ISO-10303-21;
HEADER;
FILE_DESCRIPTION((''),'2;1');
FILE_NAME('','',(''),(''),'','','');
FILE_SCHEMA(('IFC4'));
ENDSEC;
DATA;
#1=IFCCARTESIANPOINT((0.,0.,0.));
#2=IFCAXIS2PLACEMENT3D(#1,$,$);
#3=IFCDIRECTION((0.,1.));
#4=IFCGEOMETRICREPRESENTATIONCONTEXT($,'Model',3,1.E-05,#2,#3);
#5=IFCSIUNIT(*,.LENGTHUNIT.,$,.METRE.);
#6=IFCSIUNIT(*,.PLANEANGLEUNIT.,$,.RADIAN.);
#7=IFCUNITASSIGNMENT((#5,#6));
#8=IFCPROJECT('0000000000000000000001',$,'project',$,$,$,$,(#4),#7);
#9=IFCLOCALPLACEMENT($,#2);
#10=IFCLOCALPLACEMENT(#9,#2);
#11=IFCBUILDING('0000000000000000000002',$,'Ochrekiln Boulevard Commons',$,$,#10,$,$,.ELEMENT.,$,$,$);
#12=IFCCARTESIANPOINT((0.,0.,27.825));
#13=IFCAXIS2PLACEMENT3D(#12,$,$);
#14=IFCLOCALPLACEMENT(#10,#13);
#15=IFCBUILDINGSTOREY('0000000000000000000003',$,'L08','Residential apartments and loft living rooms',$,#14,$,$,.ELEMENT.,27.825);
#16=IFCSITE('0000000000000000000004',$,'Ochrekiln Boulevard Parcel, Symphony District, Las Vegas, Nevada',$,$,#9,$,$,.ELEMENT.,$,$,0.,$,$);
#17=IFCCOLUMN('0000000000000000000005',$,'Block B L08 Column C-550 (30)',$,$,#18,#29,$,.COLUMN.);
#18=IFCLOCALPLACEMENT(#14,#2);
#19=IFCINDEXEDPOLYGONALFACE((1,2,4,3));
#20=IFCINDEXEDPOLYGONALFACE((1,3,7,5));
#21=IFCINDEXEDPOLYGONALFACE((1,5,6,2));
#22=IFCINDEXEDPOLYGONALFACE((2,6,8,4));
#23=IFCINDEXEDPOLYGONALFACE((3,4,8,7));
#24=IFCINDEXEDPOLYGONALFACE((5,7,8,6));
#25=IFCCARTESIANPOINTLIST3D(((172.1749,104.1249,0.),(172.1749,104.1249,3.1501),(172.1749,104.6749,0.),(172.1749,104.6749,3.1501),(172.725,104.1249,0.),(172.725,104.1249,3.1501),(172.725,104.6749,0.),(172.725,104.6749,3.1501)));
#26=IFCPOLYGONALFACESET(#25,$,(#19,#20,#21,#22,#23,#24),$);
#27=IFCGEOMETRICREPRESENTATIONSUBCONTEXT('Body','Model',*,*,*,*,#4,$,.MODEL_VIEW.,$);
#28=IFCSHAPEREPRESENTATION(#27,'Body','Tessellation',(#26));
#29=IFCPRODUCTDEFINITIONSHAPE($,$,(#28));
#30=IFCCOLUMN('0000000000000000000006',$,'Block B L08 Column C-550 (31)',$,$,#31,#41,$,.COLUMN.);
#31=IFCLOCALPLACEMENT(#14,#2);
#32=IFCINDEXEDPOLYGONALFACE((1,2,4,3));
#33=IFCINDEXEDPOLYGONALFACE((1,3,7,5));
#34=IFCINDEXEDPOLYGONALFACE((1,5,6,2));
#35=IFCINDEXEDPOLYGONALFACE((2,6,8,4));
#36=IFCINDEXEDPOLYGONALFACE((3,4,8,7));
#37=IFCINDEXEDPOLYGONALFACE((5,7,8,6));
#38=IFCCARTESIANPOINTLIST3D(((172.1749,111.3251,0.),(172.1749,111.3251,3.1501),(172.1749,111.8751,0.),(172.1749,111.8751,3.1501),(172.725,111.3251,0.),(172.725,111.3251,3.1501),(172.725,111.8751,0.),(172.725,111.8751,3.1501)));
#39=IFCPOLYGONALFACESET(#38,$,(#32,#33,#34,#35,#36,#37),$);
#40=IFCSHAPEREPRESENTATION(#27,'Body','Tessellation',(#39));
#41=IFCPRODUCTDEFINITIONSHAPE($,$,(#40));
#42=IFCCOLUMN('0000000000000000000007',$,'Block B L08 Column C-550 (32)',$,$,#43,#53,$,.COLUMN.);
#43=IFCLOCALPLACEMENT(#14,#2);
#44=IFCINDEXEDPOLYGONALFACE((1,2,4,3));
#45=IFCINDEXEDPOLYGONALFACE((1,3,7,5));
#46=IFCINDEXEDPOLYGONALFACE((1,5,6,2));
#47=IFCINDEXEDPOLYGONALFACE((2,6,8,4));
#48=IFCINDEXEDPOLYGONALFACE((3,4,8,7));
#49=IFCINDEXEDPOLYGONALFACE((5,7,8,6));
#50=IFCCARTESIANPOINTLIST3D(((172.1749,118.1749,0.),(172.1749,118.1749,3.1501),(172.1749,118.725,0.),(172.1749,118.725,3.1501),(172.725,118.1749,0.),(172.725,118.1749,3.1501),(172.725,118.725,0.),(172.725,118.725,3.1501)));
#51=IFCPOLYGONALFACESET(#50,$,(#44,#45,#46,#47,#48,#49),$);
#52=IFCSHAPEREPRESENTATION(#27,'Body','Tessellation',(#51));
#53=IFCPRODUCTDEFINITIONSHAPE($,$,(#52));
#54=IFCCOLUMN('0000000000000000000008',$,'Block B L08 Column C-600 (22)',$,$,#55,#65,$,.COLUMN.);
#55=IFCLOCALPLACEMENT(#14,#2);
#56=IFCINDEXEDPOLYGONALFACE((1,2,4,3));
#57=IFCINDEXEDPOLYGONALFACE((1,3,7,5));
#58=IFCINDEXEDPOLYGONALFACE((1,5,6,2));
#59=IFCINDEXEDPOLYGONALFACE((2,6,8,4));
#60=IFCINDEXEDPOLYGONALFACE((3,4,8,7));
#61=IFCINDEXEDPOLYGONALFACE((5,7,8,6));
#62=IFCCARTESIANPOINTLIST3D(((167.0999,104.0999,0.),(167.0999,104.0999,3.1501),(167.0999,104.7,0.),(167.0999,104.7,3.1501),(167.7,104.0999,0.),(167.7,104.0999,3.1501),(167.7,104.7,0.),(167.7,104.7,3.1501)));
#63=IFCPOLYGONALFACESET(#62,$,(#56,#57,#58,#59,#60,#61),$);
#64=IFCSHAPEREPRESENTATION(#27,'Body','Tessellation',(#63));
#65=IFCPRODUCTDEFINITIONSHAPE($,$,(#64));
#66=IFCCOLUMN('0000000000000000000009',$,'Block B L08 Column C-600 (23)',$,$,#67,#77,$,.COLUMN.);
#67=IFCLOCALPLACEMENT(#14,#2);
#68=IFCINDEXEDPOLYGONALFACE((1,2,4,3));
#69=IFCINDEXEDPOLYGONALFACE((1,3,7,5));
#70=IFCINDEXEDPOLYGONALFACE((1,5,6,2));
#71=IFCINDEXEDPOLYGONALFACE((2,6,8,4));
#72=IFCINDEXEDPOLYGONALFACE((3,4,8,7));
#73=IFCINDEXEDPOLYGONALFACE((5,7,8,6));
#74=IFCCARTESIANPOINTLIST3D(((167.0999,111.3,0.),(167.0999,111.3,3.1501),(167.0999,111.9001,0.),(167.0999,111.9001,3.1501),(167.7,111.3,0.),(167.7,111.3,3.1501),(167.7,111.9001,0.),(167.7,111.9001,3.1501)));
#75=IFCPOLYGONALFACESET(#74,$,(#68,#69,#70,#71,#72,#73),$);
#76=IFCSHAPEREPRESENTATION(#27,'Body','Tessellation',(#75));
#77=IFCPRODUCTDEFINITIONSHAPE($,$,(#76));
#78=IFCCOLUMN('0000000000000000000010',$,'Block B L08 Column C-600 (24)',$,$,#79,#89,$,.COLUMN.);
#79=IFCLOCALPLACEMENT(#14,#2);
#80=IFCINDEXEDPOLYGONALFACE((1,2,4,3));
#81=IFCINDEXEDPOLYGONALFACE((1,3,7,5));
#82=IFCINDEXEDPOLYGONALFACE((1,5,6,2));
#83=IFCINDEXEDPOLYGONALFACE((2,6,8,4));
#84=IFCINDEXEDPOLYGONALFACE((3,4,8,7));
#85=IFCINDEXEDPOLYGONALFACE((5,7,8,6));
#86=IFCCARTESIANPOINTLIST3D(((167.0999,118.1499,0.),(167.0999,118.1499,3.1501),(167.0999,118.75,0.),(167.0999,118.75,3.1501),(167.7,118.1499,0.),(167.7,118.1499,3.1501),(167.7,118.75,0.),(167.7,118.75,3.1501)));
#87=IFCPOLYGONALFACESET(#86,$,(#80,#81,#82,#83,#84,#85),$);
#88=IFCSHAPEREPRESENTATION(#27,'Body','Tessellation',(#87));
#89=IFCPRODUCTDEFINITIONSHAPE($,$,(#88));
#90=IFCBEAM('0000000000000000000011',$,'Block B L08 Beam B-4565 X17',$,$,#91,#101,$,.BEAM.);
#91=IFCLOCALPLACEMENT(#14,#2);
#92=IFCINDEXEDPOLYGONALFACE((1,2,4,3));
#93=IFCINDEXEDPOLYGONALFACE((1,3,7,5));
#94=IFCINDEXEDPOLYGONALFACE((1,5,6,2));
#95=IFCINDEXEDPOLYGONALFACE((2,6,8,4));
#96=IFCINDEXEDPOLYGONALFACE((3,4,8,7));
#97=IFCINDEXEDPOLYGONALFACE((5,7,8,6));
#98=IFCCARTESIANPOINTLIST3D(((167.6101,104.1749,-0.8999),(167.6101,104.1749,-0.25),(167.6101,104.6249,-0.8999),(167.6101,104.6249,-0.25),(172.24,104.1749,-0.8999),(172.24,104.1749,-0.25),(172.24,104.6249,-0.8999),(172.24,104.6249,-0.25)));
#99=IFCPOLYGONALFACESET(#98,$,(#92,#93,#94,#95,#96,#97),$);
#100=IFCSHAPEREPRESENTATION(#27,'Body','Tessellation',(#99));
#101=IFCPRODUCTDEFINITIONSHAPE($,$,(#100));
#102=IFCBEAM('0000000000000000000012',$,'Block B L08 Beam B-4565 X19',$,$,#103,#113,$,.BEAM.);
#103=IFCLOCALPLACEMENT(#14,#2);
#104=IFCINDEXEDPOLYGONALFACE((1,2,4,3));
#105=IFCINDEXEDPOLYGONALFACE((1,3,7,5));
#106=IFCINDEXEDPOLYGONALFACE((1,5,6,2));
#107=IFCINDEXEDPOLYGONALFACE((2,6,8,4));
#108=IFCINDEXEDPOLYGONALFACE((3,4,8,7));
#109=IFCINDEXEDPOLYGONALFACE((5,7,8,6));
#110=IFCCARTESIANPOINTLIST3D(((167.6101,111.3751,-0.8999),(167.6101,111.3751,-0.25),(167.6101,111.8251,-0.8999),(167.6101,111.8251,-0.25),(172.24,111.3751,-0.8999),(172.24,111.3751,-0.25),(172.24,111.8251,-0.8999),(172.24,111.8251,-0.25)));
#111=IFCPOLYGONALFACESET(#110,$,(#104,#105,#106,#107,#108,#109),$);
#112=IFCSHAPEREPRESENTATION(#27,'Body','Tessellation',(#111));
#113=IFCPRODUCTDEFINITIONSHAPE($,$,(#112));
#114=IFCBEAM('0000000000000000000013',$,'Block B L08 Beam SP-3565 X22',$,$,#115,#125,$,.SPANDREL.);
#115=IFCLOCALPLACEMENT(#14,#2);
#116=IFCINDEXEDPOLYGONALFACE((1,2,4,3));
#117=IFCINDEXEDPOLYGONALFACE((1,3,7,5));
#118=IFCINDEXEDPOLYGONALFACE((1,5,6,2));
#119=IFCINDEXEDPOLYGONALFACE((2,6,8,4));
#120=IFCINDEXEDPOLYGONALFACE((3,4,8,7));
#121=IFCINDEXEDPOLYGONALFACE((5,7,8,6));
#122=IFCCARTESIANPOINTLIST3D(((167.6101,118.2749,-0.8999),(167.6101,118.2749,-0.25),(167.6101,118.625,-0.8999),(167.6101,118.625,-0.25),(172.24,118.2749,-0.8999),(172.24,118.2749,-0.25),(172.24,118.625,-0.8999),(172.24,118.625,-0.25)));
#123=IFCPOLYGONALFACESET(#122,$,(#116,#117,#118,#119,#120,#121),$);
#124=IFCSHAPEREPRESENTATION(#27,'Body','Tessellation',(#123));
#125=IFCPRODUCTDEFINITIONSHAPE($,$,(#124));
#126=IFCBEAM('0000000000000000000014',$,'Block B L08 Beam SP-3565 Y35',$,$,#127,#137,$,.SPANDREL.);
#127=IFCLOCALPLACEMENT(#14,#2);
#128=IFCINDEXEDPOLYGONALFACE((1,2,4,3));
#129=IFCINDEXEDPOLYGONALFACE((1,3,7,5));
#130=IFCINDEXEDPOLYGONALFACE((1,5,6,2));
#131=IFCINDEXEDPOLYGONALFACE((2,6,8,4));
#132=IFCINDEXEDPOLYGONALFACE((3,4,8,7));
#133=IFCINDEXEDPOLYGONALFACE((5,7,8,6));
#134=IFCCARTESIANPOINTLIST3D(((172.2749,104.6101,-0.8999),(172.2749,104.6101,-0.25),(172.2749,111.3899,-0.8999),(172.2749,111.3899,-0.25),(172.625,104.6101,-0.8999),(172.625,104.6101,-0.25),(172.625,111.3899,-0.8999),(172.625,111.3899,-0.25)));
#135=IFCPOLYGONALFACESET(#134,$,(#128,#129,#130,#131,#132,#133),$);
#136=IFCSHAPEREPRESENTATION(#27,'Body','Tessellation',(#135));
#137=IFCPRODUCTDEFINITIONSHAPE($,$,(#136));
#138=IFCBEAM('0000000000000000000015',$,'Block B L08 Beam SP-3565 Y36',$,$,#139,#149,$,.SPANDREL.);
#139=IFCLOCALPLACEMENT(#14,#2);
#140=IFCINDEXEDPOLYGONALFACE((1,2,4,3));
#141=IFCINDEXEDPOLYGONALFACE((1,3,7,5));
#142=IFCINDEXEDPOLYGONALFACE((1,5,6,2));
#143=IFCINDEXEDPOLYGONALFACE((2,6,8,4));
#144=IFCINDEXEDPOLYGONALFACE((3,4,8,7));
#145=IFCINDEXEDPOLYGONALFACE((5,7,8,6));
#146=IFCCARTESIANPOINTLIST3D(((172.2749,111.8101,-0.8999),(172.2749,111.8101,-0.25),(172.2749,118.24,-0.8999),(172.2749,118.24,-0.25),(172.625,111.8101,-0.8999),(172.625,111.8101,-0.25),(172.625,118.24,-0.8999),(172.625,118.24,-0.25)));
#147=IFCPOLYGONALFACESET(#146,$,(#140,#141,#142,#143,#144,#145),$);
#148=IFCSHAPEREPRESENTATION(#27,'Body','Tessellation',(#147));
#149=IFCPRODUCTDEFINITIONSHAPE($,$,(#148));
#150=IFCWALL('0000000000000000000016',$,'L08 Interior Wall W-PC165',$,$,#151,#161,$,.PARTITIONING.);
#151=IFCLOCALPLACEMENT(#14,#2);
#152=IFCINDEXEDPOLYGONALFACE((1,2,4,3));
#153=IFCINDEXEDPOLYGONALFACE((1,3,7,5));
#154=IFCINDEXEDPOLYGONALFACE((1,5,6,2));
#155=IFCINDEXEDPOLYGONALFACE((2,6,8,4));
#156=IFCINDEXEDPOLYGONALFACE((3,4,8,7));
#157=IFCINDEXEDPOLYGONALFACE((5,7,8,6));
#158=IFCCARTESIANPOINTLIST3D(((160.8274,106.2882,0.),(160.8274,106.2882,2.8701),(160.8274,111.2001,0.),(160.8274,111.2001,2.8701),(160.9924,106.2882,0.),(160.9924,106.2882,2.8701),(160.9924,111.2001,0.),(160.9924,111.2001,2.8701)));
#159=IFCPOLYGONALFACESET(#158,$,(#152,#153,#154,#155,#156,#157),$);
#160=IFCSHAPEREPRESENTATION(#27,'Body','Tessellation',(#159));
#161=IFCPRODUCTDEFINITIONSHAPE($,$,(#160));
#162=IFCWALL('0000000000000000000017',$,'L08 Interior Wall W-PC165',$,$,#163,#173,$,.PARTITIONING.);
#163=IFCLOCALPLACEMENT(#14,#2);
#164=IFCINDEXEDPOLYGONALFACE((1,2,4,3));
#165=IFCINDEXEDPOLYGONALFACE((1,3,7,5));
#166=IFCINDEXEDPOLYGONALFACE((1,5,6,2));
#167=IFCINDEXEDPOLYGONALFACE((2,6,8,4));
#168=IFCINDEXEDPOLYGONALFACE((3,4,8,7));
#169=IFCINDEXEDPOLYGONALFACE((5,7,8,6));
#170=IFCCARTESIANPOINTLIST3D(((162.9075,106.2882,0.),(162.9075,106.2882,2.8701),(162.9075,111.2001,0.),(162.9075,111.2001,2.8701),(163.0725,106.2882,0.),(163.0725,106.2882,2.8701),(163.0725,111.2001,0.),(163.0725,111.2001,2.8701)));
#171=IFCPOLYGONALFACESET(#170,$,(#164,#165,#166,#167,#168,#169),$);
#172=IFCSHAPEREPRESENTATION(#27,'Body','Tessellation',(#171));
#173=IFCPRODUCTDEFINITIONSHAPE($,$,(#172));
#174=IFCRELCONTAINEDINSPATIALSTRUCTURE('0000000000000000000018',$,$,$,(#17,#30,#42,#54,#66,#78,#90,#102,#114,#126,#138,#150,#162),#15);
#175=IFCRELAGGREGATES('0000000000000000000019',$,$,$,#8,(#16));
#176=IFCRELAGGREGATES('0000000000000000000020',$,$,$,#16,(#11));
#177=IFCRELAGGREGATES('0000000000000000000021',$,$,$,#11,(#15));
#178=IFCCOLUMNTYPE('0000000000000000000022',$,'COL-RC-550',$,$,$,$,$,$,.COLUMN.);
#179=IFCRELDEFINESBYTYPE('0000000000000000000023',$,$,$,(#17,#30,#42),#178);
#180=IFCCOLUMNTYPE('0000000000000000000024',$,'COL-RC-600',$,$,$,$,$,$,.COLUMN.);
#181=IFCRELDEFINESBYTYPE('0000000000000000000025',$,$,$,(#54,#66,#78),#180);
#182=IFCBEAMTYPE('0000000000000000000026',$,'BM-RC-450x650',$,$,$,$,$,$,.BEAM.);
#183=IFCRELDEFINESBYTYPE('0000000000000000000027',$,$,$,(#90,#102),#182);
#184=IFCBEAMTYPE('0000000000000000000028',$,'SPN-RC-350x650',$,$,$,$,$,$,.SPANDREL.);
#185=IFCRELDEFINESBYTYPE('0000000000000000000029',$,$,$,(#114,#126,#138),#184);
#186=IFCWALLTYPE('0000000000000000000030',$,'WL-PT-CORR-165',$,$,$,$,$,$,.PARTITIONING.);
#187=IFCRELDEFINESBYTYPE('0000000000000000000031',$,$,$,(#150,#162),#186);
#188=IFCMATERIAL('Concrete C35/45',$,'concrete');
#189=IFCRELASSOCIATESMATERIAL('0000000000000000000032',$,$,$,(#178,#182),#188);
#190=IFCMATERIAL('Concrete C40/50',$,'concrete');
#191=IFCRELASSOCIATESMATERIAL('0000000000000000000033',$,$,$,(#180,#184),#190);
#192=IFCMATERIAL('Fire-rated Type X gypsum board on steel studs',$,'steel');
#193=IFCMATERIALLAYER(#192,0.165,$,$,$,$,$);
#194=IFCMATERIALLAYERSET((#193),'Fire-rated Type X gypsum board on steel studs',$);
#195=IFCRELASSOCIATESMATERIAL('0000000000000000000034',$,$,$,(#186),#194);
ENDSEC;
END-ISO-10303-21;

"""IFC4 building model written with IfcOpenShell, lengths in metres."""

from ifc_helpers import new_model, si_unit, direction, frame, frame_2d, origin, origin_2d, place, context, subcontext, project, spatial, rectangle, extrude, material, layer, layer_set, material_profile, profile_set, type_object, element, save


model = new_model("IFC4")

# Units and contexts
model_context = context("Model", 3, precision=1e-05, world=origin(), true_north=direction((0.0, 1.0)))
body_context = subcontext(model_context, "Body", "Model", "MODEL_VIEW")
ifc_project = project(units=[si_unit("LENGTHUNIT", "METRE"), si_unit("PLANEANGLEUNIT", "RADIAN")], contexts=[model_context])

# Site, building, storey
site_placement = place(None, origin())
site = spatial("IfcSite", under=ifc_project, at=site_placement, Name="Ochrekiln Boulevard Parcel, Symphony District, Las Vegas, Nevada", CompositionType="ELEMENT", RefElevation=0.0)
building_placement = place(site_placement, origin())
building = spatial("IfcBuilding", under=site, at=building_placement, Name="Ochrekiln Boulevard Commons", CompositionType="ELEMENT")
storey_placement = place(building_placement, frame((0.0, 0.0, 27.825)))
storey = spatial("IfcBuildingStorey", under=building, at=storey_placement, Name="L08", Description="Residential apartments and loft living rooms", CompositionType="ELEMENT", Elevation=27.825)

# Columns
ifc_material_1 = material(Name="Concrete C35/45", Category="concrete")
ifc_material_profile_1 = material_profile(ifc_material_1, rectangle(XDim=0.55, YDim=0.55, at=origin_2d()), Name="RC-COL-550x550")
ifc_profile_set_1 = profile_set([ifc_material_profile_1], Name="Concrete C35/45")
column_type_1 = type_object("IfcColumnType", Name="COL-RC-550", PredefinedType="COLUMN", material=ifc_profile_set_1)
for number, where, z_axis, x_axis, name in (
    (1, (172.45, 104.3999, 0.0), (0.0, 0.0, 1.0), (1.0, 0.0, 0.0), "Block B L08 Column C-550 (30)"),
    (2, (172.45, 111.6001, 0.0), (0.0, 0.0, 1.0), (1.0, 0.0, 0.0), "Block B L08 Column C-550 (31)"),
    (3, (172.45, 118.45, 0.0), (0.0, 0.0, 1.0), (1.0, 0.0, 0.0), "Block B L08 Column C-550 (32)"),
):
    element("IfcColumn", number, at=place(storey_placement, frame(where, z_axis=z_axis, x_axis=x_axis)), inside=storey, type_object=column_type_1, Name=name, PredefinedType="COLUMN", context=body_context, shape_type="SweptSolid", body=[
        extrude(rectangle(XDim=0.55, YDim=0.55, at=origin_2d()), origin(), (0.0, 0.0, 1.0), 3.1501),
    ])
ifc_material_2 = material(Name="Concrete C40/50", Category="concrete")
ifc_material_profile_2 = material_profile(ifc_material_2, rectangle(XDim=0.6001, YDim=0.6001, at=origin_2d()), Name="RC-COL-600x600")
ifc_profile_set_2 = profile_set([ifc_material_profile_2], Name="Concrete C40/50")
column_type_2 = type_object("IfcColumnType", Name="COL-RC-600", PredefinedType="COLUMN", material=ifc_profile_set_2)
for number, where, z_axis, x_axis, name in (
    (4, (167.3999, 104.3999, 0.0), (0.0, 0.0, 1.0), (1.0, 0.0, 0.0), "Block B L08 Column C-600 (22)"),
    (5, (167.3999, 111.6001, 0.0), (0.0, 0.0, 1.0), (1.0, 0.0, 0.0), "Block B L08 Column C-600 (23)"),
    (6, (167.3999, 118.45, 0.0), (0.0, 0.0, 1.0), (1.0, 0.0, 0.0), "Block B L08 Column C-600 (24)"),
):
    element("IfcColumn", number, at=place(storey_placement, frame(where, z_axis=z_axis, x_axis=x_axis)), inside=storey, type_object=column_type_2, Name=name, PredefinedType="COLUMN", context=body_context, shape_type="SweptSolid", body=[
        extrude(rectangle(XDim=0.6001, YDim=0.6001, at=origin_2d()), origin(), (0.0, 0.0, 1.0), 3.1501),
    ])

# Beams
ifc_material_profile_3 = material_profile(ifc_material_1, rectangle(XDim=0.45, YDim=0.6499, at=origin_2d()), Name="RC-BM-450x650")
ifc_profile_set_3 = profile_set([ifc_material_profile_3], Name="Concrete C35/45")
beam_type_1 = type_object("IfcBeamType", Name="BM-RC-450x650", PredefinedType="BEAM", material=ifc_profile_set_3)
for number, where, z_axis, x_axis, name in (
    (7, (167.6101, 104.3999, -0.575), (1.0, 0.0, 0.0), (0.0, 1.0, 0.0), "Block B L08 Beam B-4565 X17"),
    (8, (167.6101, 111.6001, -0.575), (1.0, 0.0, 0.0), (0.0, 1.0, 0.0), "Block B L08 Beam B-4565 X19"),
):
    element("IfcBeam", number, at=place(storey_placement, frame(where, z_axis=z_axis, x_axis=x_axis)), inside=storey, type_object=beam_type_1, Name=name, PredefinedType="BEAM", context=body_context, shape_type="SweptSolid", body=[
        extrude(rectangle(XDim=0.45, YDim=0.6499, at=origin_2d()), origin(), (0.0, 0.0, 1.0), 4.6299),
    ])
ifc_material_profile_4 = material_profile(ifc_material_2, rectangle(XDim=0.3501, YDim=0.6499, at=origin_2d()), Name="RC-SPN-350x650")
ifc_profile_set_4 = profile_set([ifc_material_profile_4], Name="Concrete C40/50")
beam_type_2 = type_object("IfcBeamType", Name="SPN-RC-350x650", PredefinedType="SPANDREL", material=ifc_profile_set_4)
beam_1_placement = place(storey_placement, frame((167.6101, 118.45, -0.575), z_axis=(1.0, 0.0, 0.0), x_axis=(0.0, 1.0, 0.0)))
element("IfcBeam", 9, at=beam_1_placement, inside=storey, type_object=beam_type_2, Name="Block B L08 Beam SP-3565 X22", PredefinedType="SPANDREL", context=body_context, shape_type="SweptSolid", body=[
    extrude(rectangle(XDim=0.3501, YDim=0.6499, at=origin_2d()), origin(), (0.0, 0.0, 1.0), 4.6299),
])
beam_2_placement = place(storey_placement, frame((172.45, 104.6101, -0.575), z_axis=(0.0, 1.0, 0.0), x_axis=(-1.0, 0.0, 0.0)))
element("IfcBeam", 10, at=beam_2_placement, inside=storey, type_object=beam_type_2, Name="Block B L08 Beam SP-3565 Y35", PredefinedType="SPANDREL", context=body_context, shape_type="SweptSolid", body=[
    extrude(rectangle(XDim=0.3501, YDim=0.6499, at=origin_2d()), origin(), (0.0, 0.0, 1.0), 6.7798),
])
beam_3_placement = place(storey_placement, frame((172.45, 111.8101, -0.575), z_axis=(0.0, 1.0, 0.0), x_axis=(-1.0, 0.0, 0.0)))
element("IfcBeam", 11, at=beam_3_placement, inside=storey, type_object=beam_type_2, Name="Block B L08 Beam SP-3565 Y36", PredefinedType="SPANDREL", context=body_context, shape_type="SweptSolid", body=[
    extrude(rectangle(XDim=0.3501, YDim=0.6499, at=origin_2d()), origin(), (0.0, 0.0, 1.0), 6.4299),
])

# Walls
ifc_material_3 = material(Name="Fire-rated Type X gypsum board on steel studs", Category="steel")
ifc_layer_1 = layer(ifc_material_3, 0.165)
ifc_layer_set_1 = layer_set([ifc_layer_1], Name="Fire-rated Type X gypsum board on steel studs")
wall_type_1 = type_object("IfcWallType", Name="WL-PT-CORR-165", PredefinedType="PARTITIONING", material=ifc_layer_set_1)
for number, where, z_axis, x_axis, name in (
    (12, (160.9099, 106.2881, 0.0), (0.0, 0.0, 1.0), (0.0, 1.0, 0.0), "L08 Interior Wall W-PC165"),
    (13, (162.99, 106.2881, 0.0), (0.0, 0.0, 1.0), (0.0, 1.0, 0.0), "L08 Interior Wall W-PC165"),
):
    element("IfcWall", number, at=place(storey_placement, frame(where, z_axis=z_axis, x_axis=x_axis)), inside=storey, type_object=wall_type_1, Name=name, PredefinedType="PARTITIONING", context=body_context, shape_type="SweptSolid", body=[
        extrude(rectangle(XDim=4.9119, YDim=0.165, at=frame_2d((2.4561, 0.0))), origin(), (0.0, 0.0, 1.0), 2.8701),
    ])

save(model, "model.ifc")
